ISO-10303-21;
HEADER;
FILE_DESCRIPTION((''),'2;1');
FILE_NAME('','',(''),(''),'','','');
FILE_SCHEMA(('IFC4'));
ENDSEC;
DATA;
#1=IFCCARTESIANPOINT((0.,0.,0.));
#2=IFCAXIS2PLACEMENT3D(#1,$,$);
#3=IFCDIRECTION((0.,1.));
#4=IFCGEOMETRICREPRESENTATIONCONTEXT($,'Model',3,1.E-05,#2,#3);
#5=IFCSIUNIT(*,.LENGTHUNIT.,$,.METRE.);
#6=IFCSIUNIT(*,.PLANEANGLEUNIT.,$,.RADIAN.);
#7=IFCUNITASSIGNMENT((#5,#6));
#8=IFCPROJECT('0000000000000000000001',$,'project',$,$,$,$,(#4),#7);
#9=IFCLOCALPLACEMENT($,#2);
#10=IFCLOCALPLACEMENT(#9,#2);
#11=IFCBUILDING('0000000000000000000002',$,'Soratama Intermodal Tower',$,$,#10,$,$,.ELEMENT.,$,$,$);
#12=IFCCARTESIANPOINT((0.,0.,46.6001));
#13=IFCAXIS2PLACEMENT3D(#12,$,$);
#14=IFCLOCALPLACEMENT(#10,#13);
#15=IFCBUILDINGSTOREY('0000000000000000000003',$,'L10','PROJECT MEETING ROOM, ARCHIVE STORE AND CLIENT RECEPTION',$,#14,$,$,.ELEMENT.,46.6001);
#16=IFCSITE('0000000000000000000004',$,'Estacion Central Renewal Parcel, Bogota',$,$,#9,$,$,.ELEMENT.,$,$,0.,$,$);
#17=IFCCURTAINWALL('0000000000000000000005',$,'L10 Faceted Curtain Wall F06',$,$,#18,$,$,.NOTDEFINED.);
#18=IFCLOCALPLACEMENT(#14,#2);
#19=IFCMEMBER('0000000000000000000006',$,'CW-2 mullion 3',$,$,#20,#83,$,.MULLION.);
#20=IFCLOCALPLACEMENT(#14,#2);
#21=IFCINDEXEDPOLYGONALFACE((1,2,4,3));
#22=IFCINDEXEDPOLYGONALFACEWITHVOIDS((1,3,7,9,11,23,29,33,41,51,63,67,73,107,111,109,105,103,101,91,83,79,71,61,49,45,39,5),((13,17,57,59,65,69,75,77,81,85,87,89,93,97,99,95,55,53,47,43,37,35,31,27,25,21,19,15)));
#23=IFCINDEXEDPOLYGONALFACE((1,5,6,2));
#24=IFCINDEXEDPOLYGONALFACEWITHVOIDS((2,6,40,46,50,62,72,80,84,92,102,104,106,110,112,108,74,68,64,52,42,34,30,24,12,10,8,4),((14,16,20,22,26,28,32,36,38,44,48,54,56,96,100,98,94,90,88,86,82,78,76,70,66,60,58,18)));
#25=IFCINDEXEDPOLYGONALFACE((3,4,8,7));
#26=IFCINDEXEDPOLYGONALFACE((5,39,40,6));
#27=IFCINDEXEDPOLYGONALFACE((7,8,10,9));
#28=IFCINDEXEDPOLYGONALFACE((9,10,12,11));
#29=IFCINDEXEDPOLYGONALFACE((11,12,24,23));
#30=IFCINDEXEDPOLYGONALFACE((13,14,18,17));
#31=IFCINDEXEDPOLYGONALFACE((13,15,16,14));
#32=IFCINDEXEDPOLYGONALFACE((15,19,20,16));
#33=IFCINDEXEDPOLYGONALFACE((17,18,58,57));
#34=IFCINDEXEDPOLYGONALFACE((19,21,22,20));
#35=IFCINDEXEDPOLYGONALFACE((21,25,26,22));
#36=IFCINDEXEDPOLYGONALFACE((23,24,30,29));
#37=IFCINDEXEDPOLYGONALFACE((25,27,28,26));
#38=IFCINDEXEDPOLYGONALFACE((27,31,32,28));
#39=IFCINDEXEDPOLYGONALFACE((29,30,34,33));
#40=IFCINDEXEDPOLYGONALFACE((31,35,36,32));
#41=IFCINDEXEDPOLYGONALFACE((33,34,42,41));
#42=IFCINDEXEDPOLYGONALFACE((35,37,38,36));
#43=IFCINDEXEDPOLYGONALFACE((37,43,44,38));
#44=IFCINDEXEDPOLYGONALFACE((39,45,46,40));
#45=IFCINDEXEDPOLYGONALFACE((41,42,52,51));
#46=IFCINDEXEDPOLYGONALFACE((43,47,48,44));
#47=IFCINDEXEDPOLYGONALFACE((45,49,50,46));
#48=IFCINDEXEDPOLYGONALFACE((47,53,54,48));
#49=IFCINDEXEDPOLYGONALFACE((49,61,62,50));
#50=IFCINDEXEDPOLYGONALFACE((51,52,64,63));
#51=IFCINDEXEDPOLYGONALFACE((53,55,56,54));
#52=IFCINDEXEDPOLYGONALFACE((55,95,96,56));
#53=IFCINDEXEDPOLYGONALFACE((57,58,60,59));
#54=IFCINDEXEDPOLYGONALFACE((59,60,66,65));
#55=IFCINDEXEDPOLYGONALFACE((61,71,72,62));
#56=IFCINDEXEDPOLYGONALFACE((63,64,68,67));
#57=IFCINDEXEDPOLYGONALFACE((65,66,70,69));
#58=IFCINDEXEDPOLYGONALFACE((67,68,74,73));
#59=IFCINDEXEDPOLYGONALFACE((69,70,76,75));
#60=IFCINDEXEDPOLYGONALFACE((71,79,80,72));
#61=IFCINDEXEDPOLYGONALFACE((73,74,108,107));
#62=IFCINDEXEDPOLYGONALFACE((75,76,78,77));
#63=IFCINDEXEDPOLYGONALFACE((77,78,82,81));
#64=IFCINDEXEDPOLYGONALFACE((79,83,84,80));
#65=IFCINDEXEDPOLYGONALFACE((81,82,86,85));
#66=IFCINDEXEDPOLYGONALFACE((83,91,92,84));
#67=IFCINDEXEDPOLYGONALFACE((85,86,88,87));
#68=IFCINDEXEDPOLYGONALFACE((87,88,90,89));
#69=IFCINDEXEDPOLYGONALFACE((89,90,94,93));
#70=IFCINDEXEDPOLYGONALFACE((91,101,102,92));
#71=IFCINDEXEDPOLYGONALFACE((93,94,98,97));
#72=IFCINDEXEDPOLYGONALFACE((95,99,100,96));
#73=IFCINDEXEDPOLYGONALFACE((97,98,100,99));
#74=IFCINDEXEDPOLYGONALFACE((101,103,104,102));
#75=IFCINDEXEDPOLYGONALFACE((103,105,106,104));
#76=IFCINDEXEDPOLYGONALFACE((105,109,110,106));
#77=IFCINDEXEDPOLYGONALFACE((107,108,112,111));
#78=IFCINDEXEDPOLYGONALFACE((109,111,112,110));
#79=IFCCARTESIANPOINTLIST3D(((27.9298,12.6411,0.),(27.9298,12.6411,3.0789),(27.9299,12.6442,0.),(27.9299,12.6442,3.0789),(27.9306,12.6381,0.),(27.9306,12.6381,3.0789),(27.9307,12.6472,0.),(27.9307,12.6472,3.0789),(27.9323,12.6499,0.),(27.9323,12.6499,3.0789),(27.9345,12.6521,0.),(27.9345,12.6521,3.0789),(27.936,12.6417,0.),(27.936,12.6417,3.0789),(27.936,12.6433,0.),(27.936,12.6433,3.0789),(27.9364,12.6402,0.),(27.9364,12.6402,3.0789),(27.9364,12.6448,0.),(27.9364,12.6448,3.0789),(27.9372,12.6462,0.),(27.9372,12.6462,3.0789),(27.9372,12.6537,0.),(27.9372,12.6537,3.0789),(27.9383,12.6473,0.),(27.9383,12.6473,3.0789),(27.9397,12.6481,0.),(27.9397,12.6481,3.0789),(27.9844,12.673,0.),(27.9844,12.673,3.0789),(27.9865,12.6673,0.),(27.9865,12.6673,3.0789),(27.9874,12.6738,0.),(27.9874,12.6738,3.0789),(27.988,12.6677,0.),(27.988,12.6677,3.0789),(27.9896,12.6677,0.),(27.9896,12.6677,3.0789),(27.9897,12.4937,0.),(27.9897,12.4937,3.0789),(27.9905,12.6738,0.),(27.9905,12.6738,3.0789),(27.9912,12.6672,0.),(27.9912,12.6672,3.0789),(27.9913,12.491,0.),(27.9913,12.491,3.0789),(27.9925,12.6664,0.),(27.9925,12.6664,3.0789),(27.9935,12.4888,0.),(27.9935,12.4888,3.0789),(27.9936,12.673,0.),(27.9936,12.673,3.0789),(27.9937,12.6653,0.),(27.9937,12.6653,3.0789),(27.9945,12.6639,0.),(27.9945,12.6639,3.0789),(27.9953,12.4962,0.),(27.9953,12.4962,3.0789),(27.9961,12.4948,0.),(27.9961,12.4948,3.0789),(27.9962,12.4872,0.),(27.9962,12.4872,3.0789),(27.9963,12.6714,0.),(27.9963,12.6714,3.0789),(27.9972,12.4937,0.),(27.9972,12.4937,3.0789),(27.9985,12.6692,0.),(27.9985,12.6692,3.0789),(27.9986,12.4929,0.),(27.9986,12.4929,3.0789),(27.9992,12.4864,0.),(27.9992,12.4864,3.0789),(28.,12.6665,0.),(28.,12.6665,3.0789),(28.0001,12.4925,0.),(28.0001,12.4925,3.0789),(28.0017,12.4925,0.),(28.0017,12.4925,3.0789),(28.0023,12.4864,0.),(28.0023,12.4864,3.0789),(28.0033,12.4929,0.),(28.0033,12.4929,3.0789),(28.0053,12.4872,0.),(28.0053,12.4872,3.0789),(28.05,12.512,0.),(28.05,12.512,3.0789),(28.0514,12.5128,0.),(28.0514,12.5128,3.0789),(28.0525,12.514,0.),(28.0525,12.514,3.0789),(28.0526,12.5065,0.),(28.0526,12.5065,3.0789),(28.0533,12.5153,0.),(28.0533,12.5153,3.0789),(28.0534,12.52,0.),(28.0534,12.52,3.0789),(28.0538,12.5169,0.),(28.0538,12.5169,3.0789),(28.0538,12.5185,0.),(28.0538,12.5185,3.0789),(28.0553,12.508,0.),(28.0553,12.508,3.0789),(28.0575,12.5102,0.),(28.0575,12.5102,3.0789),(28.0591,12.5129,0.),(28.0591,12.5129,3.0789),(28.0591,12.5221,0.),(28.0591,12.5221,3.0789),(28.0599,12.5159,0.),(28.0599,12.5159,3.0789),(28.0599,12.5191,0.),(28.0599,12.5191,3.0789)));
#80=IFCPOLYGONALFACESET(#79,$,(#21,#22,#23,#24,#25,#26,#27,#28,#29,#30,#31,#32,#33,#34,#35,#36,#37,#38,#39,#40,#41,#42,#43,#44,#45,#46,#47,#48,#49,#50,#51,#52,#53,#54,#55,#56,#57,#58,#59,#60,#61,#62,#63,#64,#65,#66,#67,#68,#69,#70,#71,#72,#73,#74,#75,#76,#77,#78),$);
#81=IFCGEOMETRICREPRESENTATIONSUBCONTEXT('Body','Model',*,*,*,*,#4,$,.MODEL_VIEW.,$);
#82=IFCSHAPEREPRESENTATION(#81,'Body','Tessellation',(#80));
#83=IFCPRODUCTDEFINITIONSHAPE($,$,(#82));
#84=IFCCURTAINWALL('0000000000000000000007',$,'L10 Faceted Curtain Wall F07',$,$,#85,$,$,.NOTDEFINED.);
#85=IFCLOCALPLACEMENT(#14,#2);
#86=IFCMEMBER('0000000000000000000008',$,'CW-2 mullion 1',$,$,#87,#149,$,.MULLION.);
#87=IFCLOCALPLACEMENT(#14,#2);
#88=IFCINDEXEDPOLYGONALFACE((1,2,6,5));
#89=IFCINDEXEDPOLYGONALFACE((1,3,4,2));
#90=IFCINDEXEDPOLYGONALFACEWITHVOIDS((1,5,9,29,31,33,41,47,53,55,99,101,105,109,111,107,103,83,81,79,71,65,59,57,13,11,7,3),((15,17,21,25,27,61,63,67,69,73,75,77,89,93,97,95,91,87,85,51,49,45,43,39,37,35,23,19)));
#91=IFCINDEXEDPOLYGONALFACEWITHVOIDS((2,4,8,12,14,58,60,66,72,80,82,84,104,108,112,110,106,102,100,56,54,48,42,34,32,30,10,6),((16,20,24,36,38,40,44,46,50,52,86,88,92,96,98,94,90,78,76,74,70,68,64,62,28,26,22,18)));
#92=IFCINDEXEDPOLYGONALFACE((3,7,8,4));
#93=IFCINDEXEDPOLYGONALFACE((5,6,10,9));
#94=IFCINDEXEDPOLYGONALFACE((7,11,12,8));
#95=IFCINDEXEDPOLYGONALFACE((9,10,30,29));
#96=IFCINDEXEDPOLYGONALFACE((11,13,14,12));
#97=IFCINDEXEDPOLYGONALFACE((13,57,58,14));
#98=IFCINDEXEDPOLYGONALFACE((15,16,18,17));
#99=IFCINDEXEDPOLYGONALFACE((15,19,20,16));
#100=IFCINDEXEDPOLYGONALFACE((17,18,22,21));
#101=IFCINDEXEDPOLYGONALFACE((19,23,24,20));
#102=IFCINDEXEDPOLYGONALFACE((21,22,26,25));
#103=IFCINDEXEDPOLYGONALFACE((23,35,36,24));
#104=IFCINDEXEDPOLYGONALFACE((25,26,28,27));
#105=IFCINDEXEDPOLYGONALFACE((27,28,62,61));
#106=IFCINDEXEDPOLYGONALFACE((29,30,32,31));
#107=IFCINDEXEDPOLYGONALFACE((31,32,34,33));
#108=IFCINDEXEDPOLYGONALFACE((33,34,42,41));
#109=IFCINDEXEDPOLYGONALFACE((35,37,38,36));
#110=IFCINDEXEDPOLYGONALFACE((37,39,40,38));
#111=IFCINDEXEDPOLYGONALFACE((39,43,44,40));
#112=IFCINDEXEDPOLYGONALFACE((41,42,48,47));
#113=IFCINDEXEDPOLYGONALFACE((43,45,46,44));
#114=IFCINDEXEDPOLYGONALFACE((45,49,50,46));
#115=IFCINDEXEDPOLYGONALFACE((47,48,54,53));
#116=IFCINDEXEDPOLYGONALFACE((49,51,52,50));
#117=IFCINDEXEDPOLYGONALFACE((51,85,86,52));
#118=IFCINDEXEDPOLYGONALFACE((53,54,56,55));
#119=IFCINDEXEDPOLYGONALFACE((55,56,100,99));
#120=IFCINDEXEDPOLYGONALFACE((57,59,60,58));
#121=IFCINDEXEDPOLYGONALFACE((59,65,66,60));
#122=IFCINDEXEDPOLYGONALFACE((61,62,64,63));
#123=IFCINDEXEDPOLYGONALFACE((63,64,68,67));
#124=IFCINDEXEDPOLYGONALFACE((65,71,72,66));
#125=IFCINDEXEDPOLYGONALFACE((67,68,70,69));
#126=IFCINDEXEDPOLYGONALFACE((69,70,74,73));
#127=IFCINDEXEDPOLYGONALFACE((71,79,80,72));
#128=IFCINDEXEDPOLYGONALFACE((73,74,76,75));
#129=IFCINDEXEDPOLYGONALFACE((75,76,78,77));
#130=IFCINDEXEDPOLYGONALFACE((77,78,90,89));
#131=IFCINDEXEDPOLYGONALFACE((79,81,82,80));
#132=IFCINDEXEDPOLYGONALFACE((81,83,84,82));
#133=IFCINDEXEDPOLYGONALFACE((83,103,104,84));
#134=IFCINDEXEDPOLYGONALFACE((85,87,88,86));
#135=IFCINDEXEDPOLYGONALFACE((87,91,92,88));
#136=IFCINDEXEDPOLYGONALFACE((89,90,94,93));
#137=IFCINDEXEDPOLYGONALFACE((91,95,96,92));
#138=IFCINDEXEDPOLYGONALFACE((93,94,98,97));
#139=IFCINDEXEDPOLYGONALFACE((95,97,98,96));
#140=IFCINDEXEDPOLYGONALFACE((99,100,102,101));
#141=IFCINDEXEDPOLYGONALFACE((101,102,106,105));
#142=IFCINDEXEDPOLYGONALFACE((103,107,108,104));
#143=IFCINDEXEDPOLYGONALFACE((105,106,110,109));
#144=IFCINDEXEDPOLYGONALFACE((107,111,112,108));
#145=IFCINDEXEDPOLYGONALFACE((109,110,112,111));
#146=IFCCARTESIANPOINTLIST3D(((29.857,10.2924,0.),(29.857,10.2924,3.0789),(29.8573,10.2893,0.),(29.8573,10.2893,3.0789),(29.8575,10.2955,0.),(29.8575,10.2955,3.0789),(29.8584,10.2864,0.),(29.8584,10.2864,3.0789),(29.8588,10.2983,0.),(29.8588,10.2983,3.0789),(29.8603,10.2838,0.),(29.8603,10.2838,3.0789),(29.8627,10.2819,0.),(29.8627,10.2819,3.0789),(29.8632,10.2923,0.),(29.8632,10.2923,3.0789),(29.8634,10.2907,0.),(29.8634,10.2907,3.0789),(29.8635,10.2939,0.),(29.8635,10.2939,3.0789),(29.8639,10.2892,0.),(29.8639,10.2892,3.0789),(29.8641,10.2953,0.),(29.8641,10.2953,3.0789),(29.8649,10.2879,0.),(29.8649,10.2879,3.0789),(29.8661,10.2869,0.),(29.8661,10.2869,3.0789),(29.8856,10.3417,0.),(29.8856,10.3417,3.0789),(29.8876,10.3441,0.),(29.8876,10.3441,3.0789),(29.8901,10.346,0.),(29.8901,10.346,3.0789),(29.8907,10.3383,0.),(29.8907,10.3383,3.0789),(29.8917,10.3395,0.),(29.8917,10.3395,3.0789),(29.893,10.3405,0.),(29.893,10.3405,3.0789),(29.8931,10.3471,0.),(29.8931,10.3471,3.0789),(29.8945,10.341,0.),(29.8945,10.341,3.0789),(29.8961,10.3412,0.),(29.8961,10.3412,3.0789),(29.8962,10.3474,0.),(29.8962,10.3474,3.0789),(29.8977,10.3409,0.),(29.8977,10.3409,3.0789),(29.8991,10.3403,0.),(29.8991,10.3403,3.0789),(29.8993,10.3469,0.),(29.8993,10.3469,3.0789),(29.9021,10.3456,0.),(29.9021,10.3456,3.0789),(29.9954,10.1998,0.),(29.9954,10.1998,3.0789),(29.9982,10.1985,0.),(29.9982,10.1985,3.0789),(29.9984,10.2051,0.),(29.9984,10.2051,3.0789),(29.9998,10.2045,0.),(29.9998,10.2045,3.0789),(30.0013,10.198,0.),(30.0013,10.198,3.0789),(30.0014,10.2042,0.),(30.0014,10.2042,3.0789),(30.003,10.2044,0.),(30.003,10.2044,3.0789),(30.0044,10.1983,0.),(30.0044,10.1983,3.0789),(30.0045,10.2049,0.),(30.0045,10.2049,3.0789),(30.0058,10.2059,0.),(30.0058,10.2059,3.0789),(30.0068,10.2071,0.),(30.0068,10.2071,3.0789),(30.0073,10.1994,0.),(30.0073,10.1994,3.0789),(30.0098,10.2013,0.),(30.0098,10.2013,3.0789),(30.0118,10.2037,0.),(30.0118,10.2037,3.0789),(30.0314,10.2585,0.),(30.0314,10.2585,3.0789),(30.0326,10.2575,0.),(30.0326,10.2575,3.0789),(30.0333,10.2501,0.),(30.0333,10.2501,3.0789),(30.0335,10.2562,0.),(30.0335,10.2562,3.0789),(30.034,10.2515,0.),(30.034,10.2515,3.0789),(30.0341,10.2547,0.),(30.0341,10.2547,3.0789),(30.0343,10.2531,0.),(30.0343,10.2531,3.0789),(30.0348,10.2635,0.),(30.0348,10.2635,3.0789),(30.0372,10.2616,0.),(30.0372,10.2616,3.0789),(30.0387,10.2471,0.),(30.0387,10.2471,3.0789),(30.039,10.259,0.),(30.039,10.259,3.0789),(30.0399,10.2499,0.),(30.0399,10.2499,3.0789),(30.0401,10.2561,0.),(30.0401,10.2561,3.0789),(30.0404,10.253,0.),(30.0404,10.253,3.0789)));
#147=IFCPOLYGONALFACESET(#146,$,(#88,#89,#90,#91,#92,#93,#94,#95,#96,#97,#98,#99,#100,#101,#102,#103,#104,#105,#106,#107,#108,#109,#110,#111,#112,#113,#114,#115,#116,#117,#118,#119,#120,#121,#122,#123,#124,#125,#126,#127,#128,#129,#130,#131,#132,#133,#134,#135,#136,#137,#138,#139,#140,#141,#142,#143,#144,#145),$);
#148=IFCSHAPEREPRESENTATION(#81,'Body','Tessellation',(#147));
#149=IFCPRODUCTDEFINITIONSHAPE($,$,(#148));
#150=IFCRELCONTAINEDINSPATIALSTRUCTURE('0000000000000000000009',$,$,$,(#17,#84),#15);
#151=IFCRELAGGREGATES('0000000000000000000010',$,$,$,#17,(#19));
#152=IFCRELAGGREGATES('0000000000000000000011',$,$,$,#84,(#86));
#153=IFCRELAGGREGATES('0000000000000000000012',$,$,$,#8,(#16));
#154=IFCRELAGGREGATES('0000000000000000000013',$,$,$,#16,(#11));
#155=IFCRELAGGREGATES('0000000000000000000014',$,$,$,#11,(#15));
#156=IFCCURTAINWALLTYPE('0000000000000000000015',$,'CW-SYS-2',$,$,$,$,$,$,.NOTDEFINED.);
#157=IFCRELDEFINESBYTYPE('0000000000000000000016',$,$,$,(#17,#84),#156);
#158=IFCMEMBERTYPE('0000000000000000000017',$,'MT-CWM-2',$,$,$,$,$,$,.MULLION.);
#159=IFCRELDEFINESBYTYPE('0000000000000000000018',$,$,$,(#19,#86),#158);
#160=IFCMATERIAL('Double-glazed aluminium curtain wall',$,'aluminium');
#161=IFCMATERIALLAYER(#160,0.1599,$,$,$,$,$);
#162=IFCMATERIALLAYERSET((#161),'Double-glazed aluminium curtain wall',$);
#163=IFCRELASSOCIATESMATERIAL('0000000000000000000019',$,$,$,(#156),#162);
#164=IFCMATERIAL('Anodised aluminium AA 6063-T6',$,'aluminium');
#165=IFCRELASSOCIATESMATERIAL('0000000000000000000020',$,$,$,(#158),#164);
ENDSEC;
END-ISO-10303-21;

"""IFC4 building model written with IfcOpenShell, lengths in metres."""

from ifc_helpers import new_model, si_unit, direction, frame, origin, origin_2d, place, context, subcontext, project, spatial, hollow_rectangle, extrude, material, layer, layer_set, material_profile, profile_set, type_object, element, aggregate, save


model = new_model("IFC4")

# Units and contexts
model_context = context("Model", 3, precision=1e-05, world=origin(), true_north=direction((0.0, 1.0)))
body_context = subcontext(model_context, "Body", "Model", "MODEL_VIEW")
ifc_project = project(units=[si_unit("LENGTHUNIT", "METRE"), si_unit("PLANEANGLEUNIT", "RADIAN")], contexts=[model_context])

# Site, building, storey
site_placement = place(None, origin())
site = spatial("IfcSite", under=ifc_project, at=site_placement, Name="Estacion Central Renewal Parcel, Bogota", CompositionType="ELEMENT", RefElevation=0.0)
building_placement = place(site_placement, origin())
building = spatial("IfcBuilding", under=site, at=building_placement, Name="Soratama Intermodal Tower", CompositionType="ELEMENT")
storey_placement = place(building_placement, frame((0.0, 0.0, 46.6001)))
storey = spatial("IfcBuildingStorey", under=building, at=storey_placement, Name="L10", Description="PROJECT MEETING ROOM, ARCHIVE STORE AND CLIENT RECEPTION", CompositionType="ELEMENT", Elevation=46.6001)

# Curtain walls, members
ifc_material_1 = material(Name="Double-glazed aluminium curtain wall", Category="aluminium")
ifc_layer_1 = layer(ifc_material_1, 0.1599)
ifc_layer_set_1 = layer_set([ifc_layer_1], Name="Double-glazed aluminium curtain wall")
curtain_wall_type = type_object("IfcCurtainWallType", Name="CW-SYS-2", PredefinedType="NOTDEFINED", material=ifc_layer_set_1)
curtain_wall_1_placement = place(storey_placement, origin())
curtain_wall_1 = element("IfcCurtainWall", 1, at=curtain_wall_1_placement, inside=storey, type_object=curtain_wall_type, Name="L10 Faceted Curtain Wall F06", PredefinedType="NOTDEFINED")
ifc_material_2 = material(Name="Anodised aluminium AA 6063-T6", Category="aluminium")
ifc_material_profile_1 = material_profile(ifc_material_2, hollow_rectangle(XDim=0.075, YDim=0.1799, WallThickness=0.0061, InnerFilletRadius=0.0061, OuterFilletRadius=0.012, at=origin_2d()), Name="CWM180X75X6")
ifc_profile_set_1 = profile_set([ifc_material_profile_1], Name="Anodised aluminium AA 6063-T6")
member_type_1 = type_object("IfcMemberType", Name="MT-CWM-2", PredefinedType="MULLION", material=ifc_profile_set_1)
member_1_placement = place(storey_placement, frame((27.9949, 12.5801, 0.0), z_axis=(0.0, 0.0, 1.0), x_axis=(0.925473, 0.378813, 0.0)))
member_1 = element("IfcMember", 2, at=member_1_placement, type_object=member_type_1, Name="CW-2 mullion 3", PredefinedType="MULLION", context=body_context, shape_type="SweptSolid", body=[
    extrude(hollow_rectangle(XDim=0.075, YDim=0.1799, WallThickness=0.0061, InnerFilletRadius=0.0061, OuterFilletRadius=0.012, at=origin_2d()), origin(), (0.0, 0.0, 1.0), 3.0789),
])
curtain_wall_2_placement = place(storey_placement, origin())
curtain_wall_2 = element("IfcCurtainWall", 3, at=curtain_wall_2_placement, inside=storey, type_object=curtain_wall_type, Name="L10 Faceted Curtain Wall F07", PredefinedType="NOTDEFINED")
member_2_placement = place(storey_placement, frame((29.9487, 10.2727, 0.0), z_axis=(0.0, 0.0, 1.0), x_axis=(0.526058, 0.850449, 0.0)))
member_2 = element("IfcMember", 4, at=member_2_placement, type_object=member_type_1, Name="CW-2 mullion 1", PredefinedType="MULLION", context=body_context, shape_type="SweptSolid", body=[
    extrude(hollow_rectangle(XDim=0.075, YDim=0.1799, WallThickness=0.0061, InnerFilletRadius=0.0061, OuterFilletRadius=0.012, at=origin_2d()), origin(), (0.0, 0.0, 1.0), 3.0789),
])

aggregate(curtain_wall_1, [member_1])
aggregate(curtain_wall_2, [member_2])

save(model, "model.ifc")
